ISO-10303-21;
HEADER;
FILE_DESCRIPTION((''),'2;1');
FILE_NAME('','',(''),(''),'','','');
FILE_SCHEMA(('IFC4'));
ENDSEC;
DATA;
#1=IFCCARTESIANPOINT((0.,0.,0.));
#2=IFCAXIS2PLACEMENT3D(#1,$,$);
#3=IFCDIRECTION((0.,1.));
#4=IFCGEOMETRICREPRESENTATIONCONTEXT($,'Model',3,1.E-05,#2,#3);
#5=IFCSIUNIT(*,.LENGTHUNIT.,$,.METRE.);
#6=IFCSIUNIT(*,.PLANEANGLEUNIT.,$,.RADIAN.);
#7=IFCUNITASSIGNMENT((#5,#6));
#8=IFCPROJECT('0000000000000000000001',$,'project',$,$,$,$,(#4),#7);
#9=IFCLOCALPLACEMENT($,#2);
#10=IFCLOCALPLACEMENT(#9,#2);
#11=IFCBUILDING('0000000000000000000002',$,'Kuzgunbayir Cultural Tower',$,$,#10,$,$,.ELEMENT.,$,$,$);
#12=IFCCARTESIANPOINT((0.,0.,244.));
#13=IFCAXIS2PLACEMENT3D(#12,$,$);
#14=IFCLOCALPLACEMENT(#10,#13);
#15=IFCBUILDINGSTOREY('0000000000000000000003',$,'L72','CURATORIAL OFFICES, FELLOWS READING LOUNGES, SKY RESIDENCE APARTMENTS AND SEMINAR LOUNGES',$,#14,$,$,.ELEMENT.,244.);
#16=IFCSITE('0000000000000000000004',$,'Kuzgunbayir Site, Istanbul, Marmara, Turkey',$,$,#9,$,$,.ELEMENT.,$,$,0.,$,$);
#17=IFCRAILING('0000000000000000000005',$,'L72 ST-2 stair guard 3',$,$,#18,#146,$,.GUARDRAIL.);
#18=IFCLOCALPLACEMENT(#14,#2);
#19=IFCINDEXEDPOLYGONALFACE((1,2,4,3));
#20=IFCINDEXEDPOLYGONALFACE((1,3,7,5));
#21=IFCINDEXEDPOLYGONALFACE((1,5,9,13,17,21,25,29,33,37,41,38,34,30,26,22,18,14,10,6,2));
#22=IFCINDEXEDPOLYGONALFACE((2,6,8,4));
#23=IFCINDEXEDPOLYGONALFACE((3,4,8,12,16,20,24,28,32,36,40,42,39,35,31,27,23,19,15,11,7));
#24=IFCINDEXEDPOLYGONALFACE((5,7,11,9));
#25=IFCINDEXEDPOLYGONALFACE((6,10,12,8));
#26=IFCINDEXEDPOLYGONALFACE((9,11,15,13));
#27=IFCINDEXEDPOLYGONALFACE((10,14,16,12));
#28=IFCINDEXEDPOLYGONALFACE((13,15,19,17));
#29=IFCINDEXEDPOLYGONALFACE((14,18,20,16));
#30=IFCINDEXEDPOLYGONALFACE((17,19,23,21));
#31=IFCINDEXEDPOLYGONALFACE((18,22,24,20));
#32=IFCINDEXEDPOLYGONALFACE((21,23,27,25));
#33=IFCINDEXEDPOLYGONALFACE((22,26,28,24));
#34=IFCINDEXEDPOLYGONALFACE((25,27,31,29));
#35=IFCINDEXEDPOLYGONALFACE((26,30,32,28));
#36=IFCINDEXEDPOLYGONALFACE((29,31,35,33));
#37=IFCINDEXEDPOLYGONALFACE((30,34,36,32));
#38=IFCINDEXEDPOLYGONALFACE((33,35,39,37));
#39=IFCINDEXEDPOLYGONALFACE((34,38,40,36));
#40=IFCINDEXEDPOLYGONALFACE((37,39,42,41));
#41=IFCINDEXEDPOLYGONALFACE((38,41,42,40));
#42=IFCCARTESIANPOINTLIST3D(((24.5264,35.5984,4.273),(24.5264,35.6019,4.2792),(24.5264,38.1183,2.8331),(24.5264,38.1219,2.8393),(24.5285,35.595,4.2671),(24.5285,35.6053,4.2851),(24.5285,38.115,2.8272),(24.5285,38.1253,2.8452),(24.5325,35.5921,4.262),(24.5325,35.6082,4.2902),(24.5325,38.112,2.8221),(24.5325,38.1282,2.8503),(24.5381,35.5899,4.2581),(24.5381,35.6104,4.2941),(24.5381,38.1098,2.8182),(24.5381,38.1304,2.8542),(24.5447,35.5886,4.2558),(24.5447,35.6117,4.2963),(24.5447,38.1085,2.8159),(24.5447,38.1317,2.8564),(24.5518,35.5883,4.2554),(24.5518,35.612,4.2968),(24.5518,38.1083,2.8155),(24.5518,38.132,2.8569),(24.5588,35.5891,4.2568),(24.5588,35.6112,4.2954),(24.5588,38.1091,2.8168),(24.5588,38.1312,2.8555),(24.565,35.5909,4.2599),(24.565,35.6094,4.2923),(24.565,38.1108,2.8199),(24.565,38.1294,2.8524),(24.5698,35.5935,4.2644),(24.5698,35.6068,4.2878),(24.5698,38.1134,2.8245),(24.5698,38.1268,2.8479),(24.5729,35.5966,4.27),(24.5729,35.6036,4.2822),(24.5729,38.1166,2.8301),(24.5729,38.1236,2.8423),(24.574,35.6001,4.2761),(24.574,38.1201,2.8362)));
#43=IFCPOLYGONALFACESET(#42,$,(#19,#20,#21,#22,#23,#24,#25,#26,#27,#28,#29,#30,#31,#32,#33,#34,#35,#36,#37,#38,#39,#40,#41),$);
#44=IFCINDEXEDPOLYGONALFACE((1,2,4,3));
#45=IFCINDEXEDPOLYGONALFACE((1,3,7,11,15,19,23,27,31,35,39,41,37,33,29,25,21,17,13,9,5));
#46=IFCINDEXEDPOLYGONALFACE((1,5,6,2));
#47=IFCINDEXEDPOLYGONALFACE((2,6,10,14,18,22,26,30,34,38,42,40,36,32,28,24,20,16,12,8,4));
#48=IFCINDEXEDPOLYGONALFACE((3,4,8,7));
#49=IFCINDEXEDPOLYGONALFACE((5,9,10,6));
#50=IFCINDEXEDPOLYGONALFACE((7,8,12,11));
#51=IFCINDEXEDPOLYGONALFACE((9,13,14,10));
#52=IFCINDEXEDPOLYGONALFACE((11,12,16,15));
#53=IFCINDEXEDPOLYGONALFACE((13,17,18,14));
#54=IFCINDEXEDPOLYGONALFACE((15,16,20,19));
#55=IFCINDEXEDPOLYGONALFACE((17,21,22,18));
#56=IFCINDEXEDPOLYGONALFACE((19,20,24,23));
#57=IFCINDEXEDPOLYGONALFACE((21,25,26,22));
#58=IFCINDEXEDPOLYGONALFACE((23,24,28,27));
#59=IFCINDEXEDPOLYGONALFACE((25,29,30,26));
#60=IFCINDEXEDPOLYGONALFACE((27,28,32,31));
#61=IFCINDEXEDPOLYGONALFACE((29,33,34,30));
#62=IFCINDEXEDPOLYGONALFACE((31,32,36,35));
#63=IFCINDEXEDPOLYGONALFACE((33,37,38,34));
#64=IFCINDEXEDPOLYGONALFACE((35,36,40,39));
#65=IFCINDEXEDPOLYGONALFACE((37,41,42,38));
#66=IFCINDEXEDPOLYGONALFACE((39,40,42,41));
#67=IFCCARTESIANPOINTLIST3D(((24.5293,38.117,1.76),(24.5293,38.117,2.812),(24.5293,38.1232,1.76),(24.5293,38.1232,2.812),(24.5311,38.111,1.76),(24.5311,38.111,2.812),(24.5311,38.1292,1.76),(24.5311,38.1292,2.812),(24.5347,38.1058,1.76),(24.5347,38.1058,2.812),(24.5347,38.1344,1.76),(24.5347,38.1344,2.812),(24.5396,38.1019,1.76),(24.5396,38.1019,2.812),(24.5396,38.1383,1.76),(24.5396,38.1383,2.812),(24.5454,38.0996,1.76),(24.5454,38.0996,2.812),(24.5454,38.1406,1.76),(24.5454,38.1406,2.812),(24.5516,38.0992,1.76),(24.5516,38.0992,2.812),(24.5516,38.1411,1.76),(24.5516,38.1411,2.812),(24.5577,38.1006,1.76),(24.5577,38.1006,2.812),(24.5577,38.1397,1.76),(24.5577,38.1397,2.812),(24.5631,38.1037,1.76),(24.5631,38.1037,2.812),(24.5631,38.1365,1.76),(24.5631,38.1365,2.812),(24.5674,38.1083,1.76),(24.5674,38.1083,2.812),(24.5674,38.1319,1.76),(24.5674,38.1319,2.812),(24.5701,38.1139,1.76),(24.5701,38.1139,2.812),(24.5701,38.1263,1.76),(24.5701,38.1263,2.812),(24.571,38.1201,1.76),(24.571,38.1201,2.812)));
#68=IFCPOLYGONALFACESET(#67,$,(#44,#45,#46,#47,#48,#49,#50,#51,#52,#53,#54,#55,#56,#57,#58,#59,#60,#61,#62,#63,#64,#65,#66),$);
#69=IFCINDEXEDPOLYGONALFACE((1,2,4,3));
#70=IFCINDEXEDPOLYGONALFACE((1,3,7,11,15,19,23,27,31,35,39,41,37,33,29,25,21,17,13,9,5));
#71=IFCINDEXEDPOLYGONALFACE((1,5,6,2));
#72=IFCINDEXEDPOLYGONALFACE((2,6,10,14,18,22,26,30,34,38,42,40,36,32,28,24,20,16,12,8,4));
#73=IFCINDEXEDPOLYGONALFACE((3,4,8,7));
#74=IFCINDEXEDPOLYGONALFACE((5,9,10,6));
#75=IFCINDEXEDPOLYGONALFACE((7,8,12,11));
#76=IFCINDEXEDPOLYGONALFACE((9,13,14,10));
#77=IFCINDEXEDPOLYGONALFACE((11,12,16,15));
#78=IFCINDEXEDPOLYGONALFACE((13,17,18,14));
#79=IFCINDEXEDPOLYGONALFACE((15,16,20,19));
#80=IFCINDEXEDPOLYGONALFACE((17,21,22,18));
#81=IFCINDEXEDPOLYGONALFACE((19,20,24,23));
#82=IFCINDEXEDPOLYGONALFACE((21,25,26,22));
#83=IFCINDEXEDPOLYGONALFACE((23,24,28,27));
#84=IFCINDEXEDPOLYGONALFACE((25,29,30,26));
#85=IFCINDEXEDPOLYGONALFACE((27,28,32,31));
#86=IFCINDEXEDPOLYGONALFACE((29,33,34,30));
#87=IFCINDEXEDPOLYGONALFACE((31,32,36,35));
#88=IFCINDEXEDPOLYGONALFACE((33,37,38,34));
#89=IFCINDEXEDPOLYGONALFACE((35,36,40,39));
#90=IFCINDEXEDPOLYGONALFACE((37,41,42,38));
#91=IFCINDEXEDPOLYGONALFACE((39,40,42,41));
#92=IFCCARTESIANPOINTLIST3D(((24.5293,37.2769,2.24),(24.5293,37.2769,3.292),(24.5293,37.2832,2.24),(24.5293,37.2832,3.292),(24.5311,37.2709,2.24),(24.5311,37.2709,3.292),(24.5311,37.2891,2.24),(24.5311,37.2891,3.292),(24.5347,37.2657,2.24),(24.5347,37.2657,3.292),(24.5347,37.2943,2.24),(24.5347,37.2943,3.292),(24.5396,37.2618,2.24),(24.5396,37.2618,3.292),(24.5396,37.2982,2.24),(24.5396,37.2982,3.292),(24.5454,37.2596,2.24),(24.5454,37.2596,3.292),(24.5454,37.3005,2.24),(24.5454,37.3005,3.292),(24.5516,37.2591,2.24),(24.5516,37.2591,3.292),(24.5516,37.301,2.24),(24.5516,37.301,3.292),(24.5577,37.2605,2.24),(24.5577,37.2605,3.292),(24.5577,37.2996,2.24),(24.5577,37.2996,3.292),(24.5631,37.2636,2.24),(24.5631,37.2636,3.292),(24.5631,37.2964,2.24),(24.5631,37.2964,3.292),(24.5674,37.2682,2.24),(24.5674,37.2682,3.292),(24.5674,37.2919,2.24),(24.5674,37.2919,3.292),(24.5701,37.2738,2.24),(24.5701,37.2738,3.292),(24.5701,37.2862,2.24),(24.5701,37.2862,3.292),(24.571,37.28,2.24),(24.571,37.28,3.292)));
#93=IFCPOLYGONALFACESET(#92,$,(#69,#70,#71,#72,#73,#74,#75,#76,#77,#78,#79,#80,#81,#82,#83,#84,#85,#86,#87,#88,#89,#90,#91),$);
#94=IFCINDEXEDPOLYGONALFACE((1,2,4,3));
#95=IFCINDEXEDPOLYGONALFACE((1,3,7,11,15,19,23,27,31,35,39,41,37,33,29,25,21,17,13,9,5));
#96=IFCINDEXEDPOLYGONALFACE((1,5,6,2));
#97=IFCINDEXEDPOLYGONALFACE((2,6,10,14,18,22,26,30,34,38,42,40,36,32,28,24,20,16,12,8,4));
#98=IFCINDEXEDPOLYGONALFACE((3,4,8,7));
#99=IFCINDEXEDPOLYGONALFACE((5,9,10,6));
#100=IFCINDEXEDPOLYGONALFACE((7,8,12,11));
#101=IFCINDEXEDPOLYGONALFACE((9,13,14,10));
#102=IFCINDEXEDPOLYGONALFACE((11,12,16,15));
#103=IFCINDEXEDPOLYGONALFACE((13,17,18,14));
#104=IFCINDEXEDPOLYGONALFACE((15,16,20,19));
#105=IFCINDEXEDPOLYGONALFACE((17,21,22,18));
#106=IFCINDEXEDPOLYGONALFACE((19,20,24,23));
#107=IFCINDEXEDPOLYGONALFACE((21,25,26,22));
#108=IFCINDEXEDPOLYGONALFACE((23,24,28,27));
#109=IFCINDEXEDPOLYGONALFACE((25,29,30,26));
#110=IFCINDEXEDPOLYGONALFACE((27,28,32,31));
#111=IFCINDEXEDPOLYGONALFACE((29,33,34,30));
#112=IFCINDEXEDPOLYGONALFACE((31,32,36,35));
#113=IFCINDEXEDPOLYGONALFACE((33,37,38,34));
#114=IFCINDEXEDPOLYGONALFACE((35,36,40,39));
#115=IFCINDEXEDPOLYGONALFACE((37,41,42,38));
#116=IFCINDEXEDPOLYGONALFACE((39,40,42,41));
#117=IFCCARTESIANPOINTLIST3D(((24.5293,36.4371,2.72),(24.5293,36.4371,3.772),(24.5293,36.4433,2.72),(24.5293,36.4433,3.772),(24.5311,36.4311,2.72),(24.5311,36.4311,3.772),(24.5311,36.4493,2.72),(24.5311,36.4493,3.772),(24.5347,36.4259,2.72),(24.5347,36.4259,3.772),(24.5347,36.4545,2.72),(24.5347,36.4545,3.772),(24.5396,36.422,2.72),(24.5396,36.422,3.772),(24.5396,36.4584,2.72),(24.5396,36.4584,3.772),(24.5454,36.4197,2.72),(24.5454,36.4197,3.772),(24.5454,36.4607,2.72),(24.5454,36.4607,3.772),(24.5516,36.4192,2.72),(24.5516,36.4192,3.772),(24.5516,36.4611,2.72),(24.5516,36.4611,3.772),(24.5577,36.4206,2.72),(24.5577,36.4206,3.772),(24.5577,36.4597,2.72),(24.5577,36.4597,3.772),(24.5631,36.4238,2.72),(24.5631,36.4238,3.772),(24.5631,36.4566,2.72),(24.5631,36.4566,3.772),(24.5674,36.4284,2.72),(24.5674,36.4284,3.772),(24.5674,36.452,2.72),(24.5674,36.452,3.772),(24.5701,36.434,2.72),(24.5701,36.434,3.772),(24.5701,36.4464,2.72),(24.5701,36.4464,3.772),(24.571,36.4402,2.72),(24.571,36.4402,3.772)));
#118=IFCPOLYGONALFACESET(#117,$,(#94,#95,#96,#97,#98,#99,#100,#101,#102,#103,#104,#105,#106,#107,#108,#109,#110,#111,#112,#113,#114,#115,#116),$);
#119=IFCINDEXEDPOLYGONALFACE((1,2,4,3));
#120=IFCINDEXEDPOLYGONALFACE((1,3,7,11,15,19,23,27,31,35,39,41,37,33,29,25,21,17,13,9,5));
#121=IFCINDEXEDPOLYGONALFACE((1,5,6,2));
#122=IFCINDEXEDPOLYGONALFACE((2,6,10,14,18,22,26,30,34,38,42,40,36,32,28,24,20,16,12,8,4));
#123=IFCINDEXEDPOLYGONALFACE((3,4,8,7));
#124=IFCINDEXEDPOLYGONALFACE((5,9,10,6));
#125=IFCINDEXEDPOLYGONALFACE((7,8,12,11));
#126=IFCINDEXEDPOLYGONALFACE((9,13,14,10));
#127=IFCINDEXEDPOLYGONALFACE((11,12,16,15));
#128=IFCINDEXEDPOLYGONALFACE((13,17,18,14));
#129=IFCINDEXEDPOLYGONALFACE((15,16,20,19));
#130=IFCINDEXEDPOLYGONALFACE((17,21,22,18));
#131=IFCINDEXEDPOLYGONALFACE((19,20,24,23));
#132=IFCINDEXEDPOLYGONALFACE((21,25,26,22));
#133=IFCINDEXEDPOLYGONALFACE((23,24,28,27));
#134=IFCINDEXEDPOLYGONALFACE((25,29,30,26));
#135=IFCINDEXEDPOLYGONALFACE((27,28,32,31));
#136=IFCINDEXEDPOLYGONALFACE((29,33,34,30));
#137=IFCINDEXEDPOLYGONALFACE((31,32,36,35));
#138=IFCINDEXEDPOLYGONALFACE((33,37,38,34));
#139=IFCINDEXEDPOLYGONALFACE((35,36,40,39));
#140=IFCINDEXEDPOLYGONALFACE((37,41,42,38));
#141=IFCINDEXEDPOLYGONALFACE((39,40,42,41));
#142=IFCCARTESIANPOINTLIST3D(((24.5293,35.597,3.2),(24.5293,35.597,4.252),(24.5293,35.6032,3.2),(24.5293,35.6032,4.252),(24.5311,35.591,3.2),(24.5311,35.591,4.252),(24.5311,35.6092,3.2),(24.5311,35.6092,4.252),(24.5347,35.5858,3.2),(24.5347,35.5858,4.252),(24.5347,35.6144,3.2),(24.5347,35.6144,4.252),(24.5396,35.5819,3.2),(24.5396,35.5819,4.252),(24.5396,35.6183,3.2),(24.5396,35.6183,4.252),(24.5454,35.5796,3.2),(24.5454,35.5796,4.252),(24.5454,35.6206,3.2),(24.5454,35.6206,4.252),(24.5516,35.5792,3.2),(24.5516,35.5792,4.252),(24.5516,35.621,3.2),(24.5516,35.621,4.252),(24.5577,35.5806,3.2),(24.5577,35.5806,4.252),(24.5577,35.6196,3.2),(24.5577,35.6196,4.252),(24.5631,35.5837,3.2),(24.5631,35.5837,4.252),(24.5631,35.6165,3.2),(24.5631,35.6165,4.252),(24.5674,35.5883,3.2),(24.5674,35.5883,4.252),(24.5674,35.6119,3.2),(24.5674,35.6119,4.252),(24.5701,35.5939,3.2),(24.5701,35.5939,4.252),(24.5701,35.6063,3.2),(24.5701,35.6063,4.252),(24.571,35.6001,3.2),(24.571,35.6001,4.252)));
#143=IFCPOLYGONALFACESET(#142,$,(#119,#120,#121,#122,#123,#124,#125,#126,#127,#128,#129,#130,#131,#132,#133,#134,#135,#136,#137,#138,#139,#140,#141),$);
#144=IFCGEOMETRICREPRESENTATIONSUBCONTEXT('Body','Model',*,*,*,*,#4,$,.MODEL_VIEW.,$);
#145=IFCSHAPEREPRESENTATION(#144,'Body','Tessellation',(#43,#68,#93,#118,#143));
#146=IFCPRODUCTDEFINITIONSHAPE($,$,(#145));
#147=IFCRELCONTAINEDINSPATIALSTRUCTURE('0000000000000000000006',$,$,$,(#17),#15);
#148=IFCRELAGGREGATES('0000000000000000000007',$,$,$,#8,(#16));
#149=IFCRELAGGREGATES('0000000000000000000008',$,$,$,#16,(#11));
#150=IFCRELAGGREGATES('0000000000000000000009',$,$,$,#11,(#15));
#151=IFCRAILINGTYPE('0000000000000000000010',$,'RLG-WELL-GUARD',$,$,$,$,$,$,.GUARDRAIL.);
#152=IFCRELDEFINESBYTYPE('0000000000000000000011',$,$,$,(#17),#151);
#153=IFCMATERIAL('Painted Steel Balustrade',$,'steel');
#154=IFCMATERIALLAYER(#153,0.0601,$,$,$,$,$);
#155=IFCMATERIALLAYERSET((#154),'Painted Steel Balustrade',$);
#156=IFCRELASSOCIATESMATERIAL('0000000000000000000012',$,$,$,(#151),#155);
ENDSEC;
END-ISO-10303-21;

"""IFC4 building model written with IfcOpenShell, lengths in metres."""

from ifc_helpers import new_model, si_unit, direction, frame, origin, origin_2d, place, context, subcontext, project, spatial, circle, extrude, material, layer, layer_set, type_object, element, save


model = new_model("IFC4")

# Units and contexts
model_context = context("Model", 3, precision=1e-05, world=origin(), true_north=direction((0.0, 1.0)))
body_context = subcontext(model_context, "Body", "Model", "MODEL_VIEW")
ifc_project = project(units=[si_unit("LENGTHUNIT", "METRE"), si_unit("PLANEANGLEUNIT", "RADIAN")], contexts=[model_context])

# Site, building, storey
site_placement = place(None, origin())
site = spatial("IfcSite", under=ifc_project, at=site_placement, Name="Kuzgunbayir Site, Istanbul, Marmara, Turkey", CompositionType="ELEMENT", RefElevation=0.0)
building_placement = place(site_placement, origin())
building = spatial("IfcBuilding", under=site, at=building_placement, Name="Kuzgunbayir Cultural Tower", CompositionType="ELEMENT")
storey_placement = place(building_placement, frame((0.0, 0.0, 244.0)))
storey = spatial("IfcBuildingStorey", under=building, at=storey_placement, Name="L72", Description="CURATORIAL OFFICES, FELLOWS READING LOUNGES, SKY RESIDENCE APARTMENTS AND SEMINAR LOUNGES", CompositionType="ELEMENT", Elevation=244.0)

# Railing
ifc_material_1 = material(Name="Painted Steel Balustrade", Category="steel")
ifc_layer_1 = layer(ifc_material_1, 0.0601)
ifc_layer_set_1 = layer_set([ifc_layer_1], Name="Painted Steel Balustrade")
railing_type_1 = type_object("IfcRailingType", Name="RLG-WELL-GUARD", PredefinedType="GUARDRAIL", material=ifc_layer_set_1)
railing_1_placement = place(storey_placement, frame((24.55, 38.1201, 1.76)))
element("IfcRailing", 1, at=railing_1_placement, inside=storey, type_object=railing_type_1, Name="L72 ST-2 stair guard 3", PredefinedType="GUARDRAIL", context=body_context, shape_type="SweptSolid", body=[
    extrude(circle(Radius=0.0239, at=origin_2d()), frame((0.0, 0.0, 1.0762), z_axis=(0.0, -0.868253, 0.496121), x_axis=(1.0, 0.0, 0.0)), (0.0, 0.0, 1.0), 2.9023),
    extrude(circle(Radius=0.021, at=origin_2d()), origin(), (0.0, 0.0, 1.0), 1.052),
    extrude(circle(Radius=0.021, at=origin_2d()), frame((0.0, -0.8401, 0.48)), (0.0, 0.0, 1.0), 1.052),
    extrude(circle(Radius=0.021, at=origin_2d()), frame((0.0, -1.6799, 0.96)), (0.0, 0.0, 1.0), 1.052),
    extrude(circle(Radius=0.021, at=origin_2d()), frame((0.0, -2.52, 1.4399)), (0.0, 0.0, 1.0), 1.052),
])

save(model, "model.ifc")
